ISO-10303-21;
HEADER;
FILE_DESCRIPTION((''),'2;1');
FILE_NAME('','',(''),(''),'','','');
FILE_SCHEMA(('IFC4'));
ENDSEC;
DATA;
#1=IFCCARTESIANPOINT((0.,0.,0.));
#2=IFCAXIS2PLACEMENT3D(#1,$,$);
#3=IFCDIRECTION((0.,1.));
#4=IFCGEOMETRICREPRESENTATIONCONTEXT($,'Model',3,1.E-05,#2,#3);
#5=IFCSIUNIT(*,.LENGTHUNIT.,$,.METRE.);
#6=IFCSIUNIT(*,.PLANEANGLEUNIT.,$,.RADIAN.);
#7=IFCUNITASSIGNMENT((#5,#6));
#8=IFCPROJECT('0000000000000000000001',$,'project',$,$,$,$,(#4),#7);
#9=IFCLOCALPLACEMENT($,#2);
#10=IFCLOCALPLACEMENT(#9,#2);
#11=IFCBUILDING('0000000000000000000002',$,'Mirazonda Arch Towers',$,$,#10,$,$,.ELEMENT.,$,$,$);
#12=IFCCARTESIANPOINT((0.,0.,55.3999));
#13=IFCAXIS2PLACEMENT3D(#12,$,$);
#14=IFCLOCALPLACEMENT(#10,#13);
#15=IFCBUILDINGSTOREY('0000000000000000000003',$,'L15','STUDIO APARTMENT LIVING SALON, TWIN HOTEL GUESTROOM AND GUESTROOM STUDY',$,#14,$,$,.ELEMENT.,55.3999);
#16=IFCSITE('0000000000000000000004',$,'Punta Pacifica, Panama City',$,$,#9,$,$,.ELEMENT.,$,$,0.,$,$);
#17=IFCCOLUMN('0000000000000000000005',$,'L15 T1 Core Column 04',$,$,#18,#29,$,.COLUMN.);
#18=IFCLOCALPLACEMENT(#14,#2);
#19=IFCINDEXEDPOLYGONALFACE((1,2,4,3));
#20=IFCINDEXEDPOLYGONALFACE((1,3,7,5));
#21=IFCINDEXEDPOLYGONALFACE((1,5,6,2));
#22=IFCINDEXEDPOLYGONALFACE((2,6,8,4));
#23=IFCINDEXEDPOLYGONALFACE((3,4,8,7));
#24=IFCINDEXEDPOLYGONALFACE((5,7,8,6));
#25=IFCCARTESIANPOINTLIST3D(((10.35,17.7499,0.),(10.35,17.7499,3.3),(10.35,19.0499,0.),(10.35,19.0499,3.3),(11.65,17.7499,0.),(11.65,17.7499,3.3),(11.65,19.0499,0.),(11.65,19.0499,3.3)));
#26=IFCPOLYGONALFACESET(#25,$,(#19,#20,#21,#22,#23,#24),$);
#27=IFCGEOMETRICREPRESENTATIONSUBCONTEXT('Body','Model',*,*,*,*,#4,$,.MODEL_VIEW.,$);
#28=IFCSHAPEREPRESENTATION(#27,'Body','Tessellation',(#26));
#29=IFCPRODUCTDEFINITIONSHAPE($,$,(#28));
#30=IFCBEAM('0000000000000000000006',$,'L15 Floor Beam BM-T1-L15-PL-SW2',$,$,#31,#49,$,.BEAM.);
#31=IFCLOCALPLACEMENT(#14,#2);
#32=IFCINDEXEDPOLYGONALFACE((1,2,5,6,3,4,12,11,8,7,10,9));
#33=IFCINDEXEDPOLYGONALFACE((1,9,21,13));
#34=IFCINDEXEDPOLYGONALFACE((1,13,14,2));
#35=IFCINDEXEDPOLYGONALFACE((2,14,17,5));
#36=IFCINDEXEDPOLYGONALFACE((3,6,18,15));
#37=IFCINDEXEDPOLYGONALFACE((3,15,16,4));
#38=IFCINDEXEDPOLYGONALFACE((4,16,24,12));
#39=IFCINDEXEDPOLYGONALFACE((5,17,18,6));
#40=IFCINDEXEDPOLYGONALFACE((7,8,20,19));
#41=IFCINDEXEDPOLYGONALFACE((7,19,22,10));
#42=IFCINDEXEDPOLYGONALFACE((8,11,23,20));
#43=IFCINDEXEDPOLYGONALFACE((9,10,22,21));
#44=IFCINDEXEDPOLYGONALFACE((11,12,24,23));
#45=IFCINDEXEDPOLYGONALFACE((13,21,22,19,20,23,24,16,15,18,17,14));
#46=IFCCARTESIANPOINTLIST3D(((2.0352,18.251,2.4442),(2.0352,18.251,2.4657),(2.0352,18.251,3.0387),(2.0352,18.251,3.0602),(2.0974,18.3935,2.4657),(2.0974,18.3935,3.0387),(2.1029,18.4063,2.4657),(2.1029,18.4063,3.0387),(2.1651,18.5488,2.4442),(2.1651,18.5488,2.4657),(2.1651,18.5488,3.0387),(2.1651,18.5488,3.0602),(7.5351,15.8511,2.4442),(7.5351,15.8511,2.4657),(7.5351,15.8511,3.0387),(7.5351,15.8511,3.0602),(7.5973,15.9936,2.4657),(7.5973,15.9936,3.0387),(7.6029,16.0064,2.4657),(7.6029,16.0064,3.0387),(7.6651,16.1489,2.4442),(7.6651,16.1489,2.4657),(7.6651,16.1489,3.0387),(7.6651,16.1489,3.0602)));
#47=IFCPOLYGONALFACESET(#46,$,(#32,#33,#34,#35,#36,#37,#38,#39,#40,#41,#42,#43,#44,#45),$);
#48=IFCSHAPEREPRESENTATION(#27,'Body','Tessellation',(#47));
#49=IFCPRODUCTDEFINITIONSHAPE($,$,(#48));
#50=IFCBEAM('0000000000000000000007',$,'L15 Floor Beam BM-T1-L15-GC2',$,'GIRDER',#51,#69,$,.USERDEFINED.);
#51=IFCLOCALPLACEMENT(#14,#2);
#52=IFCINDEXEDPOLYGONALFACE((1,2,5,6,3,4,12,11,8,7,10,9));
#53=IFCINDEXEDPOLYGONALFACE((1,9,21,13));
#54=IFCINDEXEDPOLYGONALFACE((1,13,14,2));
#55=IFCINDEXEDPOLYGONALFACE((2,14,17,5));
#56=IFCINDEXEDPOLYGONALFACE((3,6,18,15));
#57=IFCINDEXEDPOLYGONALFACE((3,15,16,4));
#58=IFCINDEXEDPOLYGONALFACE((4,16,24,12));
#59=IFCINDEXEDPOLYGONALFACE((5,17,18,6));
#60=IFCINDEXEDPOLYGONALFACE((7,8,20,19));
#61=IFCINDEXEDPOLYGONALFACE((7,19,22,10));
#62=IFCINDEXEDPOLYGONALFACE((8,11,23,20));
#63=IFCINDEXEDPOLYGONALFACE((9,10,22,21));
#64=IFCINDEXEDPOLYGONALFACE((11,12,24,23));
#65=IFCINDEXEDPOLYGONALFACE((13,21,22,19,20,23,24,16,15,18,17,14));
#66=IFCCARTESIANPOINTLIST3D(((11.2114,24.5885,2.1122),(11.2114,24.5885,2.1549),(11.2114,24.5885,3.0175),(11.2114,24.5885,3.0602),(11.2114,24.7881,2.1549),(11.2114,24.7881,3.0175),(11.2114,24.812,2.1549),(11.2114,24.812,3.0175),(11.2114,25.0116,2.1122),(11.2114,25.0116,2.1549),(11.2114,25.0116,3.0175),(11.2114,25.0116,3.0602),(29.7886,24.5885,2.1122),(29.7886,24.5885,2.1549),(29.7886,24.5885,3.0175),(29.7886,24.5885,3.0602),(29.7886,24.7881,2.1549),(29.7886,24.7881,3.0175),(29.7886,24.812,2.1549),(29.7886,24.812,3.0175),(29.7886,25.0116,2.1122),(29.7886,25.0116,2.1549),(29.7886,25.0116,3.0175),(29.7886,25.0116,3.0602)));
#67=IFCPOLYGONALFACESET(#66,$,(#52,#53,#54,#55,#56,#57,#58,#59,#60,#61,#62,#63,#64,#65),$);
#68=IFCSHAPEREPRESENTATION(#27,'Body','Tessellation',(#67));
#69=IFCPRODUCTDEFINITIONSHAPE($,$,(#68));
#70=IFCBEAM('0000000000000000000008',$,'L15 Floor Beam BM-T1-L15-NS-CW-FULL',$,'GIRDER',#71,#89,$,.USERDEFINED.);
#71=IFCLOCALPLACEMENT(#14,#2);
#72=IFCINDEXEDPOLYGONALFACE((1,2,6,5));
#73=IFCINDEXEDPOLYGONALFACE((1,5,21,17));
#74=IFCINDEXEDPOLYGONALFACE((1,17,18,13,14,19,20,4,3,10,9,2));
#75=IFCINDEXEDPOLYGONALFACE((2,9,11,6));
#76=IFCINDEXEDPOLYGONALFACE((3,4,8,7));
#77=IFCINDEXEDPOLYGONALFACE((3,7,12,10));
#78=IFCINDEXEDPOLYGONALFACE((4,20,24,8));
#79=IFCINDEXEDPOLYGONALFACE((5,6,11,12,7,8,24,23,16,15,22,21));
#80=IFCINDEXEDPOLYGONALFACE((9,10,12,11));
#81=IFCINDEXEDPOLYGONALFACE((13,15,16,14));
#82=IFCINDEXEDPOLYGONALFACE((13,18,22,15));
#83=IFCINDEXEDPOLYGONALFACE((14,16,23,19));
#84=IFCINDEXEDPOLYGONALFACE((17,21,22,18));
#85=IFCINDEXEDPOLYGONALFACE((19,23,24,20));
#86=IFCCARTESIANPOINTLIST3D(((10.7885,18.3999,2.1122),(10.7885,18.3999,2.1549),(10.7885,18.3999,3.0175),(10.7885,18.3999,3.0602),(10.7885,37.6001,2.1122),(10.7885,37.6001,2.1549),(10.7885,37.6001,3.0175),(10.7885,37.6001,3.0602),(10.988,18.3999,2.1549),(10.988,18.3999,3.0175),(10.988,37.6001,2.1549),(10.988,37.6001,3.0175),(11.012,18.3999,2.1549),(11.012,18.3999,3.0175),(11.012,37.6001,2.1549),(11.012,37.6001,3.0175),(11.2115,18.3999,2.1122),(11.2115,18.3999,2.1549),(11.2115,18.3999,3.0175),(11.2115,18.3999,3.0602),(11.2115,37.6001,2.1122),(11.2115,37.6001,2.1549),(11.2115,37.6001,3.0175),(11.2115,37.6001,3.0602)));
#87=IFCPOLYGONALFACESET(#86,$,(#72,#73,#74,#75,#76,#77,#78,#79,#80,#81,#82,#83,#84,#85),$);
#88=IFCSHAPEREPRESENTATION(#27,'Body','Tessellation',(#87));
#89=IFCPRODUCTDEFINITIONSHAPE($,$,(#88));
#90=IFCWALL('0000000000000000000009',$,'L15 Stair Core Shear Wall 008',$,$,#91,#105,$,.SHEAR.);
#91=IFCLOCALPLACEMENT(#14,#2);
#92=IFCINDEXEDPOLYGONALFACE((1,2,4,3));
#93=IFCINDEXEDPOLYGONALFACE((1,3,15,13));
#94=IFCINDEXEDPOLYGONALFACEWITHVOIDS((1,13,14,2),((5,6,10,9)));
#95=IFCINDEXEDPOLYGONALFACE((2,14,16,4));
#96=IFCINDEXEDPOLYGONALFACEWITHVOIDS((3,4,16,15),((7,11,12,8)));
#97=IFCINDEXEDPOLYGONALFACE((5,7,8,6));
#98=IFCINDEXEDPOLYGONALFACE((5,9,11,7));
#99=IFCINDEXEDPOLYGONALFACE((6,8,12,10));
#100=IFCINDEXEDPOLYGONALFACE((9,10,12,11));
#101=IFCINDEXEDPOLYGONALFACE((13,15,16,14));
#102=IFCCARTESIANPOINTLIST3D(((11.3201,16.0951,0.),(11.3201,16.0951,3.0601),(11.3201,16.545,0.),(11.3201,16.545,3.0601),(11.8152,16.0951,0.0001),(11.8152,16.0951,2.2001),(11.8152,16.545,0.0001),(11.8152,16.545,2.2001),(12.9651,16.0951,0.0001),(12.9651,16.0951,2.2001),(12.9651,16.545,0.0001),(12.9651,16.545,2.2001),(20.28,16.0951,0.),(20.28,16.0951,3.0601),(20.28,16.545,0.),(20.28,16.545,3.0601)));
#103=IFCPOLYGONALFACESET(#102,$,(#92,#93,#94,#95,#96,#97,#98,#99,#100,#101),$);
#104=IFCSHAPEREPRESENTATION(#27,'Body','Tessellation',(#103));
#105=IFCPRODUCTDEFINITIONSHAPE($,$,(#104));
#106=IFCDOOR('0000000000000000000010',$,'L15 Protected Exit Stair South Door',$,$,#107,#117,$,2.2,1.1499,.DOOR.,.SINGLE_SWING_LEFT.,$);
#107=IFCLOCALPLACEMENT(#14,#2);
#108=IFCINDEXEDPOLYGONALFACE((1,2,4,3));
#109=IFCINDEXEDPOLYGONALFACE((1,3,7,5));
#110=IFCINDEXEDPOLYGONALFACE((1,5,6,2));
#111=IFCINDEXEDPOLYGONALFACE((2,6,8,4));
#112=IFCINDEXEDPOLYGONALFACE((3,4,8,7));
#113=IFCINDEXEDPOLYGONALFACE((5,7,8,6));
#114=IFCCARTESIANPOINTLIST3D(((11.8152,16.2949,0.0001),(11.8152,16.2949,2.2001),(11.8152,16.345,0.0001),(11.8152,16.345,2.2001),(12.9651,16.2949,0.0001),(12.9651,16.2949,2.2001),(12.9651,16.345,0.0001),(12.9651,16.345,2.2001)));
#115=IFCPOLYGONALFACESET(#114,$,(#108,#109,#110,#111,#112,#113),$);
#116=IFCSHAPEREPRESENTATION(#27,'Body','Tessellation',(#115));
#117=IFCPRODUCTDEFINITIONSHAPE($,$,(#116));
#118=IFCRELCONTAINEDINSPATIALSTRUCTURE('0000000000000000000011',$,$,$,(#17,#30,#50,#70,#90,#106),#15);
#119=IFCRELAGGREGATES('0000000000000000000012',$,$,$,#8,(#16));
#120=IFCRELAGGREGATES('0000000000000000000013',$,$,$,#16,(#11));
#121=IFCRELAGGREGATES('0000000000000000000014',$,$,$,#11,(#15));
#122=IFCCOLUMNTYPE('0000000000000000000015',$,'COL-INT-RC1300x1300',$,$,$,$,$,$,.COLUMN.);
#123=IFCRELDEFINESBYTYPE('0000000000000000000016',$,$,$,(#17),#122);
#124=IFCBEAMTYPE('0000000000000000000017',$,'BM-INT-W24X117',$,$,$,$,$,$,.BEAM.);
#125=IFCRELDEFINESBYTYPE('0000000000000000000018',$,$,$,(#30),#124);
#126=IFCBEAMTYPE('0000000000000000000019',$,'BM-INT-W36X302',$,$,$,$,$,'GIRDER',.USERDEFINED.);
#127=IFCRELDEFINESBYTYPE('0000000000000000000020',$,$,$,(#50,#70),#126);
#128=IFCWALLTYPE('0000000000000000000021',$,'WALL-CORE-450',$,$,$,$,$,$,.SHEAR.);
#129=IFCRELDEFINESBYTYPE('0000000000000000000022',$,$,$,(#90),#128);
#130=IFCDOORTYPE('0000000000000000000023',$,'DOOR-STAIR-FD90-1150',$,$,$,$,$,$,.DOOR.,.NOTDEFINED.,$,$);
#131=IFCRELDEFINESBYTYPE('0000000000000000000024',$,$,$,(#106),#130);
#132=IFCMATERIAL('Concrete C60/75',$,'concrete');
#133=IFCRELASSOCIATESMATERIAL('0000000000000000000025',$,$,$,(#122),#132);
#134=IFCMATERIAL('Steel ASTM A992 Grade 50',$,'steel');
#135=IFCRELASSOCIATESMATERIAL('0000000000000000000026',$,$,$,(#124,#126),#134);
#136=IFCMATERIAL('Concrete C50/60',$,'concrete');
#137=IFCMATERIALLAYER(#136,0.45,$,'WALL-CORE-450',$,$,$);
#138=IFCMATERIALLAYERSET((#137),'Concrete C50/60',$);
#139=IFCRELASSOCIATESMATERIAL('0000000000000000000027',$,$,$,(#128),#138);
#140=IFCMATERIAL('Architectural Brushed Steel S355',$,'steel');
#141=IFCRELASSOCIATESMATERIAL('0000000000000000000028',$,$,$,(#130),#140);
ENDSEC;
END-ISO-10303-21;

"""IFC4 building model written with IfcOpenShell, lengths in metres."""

from ifc_helpers import new_model, si_unit, direction, frame, frame_2d, origin, origin_2d, place, context, subcontext, project, spatial, rectangle, i_section, extrude, material, layer, layer_set, material_profile, profile_set, type_object, element, fill, save


model = new_model("IFC4")

# Units and contexts
model_context = context("Model", 3, precision=1e-05, world=origin(), true_north=direction((0.0, 1.0)))
body_context = subcontext(model_context, "Body", "Model", "MODEL_VIEW")
ifc_project = project(units=[si_unit("LENGTHUNIT", "METRE"), si_unit("PLANEANGLEUNIT", "RADIAN")], contexts=[model_context])

# Site, building, storey
site_placement = place(None, origin())
site = spatial("IfcSite", under=ifc_project, at=site_placement, Name="Punta Pacifica, Panama City", CompositionType="ELEMENT", RefElevation=0.0)
building_placement = place(site_placement, origin())
building = spatial("IfcBuilding", under=site, at=building_placement, Name="Mirazonda Arch Towers", CompositionType="ELEMENT")
storey_placement = place(building_placement, frame((0.0, 0.0, 55.3999)))
storey = spatial("IfcBuildingStorey", under=building, at=storey_placement, Name="L15", Description="STUDIO APARTMENT LIVING SALON, TWIN HOTEL GUESTROOM AND GUESTROOM STUDY", CompositionType="ELEMENT", Elevation=55.3999)

# Column
ifc_material_1 = material(Name="Concrete C60/75", Category="concrete")
ifc_material_profile_1 = material_profile(ifc_material_1, rectangle(XDim=1.3, YDim=1.3, at=origin_2d()), Name="RC1300x1300")
ifc_profile_set_1 = profile_set([ifc_material_profile_1], Name="Concrete C60/75")
column_type = type_object("IfcColumnType", Name="COL-INT-RC1300x1300", PredefinedType="COLUMN", material=ifc_profile_set_1)
column_placement = place(storey_placement, frame((11.0, 18.3999, 0.0), z_axis=(0.0, 0.0, 1.0), x_axis=(1.0, 0.0, 0.0)))
element("IfcColumn", 1, at=column_placement, inside=storey, type_object=column_type, Name="L15 T1 Core Column 04", PredefinedType="COLUMN", context=body_context, shape_type="SweptSolid", body=[
    extrude(rectangle(XDim=1.3, YDim=1.3, at=origin_2d()), origin(), (0.0, 0.0, 1.0), 3.3),
])

# Beams
ifc_material_2 = material(Name="Steel ASTM A992 Grade 50", Category="steel")
ifc_material_profile_2 = material_profile(ifc_material_2, i_section(OverallWidth=0.325, OverallDepth=0.616, WebThickness=0.0139, FlangeThickness=0.0215, at=origin_2d()), Name="W24X117")
ifc_profile_set_2 = profile_set([ifc_material_profile_2], Name="Steel ASTM A992 Grade 50")
beam_type_1 = type_object("IfcBeamType", Name="BM-INT-W24X117", PredefinedType="BEAM", material=ifc_profile_set_2)
beam_1_placement = place(storey_placement, frame((7.6001, 16.0, 2.7522), z_axis=(-0.916545, 0.399931, 0.0), x_axis=(-0.399931, -0.916545, 0.0)))
element("IfcBeam", 2, at=beam_1_placement, inside=storey, type_object=beam_type_1, Name="L15 Floor Beam BM-T1-L15-PL-SW2", PredefinedType="BEAM", context=body_context, shape_type="SweptSolid", body=[
    extrude(i_section(OverallWidth=0.325, OverallDepth=0.616, WebThickness=0.0139, FlangeThickness=0.0215, at=origin_2d()), origin(), (0.0, 0.0, 1.0), 6.0007),
])
ifc_material_profile_3 = material_profile(ifc_material_2, i_section(OverallWidth=0.4231, OverallDepth=0.948, WebThickness=0.0239, FlangeThickness=0.0427, at=origin_2d()), Name="W36X302")
ifc_profile_set_3 = profile_set([ifc_material_profile_3], Name="Steel ASTM A992 Grade 50")
beam_type_2 = type_object("IfcBeamType", Name="BM-INT-W36X302", ElementType="GIRDER", PredefinedType="USERDEFINED", material=ifc_profile_set_3)
beam_2_placement = place(storey_placement, frame((11.2114, 24.8, 2.5862), z_axis=(1.0, 0.0, 0.0), x_axis=(0.0, 1.0, 0.0)))
element("IfcBeam", 3, at=beam_2_placement, inside=storey, type_object=beam_type_2, Name="L15 Floor Beam BM-T1-L15-GC2", ObjectType="GIRDER", PredefinedType="USERDEFINED", context=body_context, shape_type="SweptSolid", body=[
    extrude(i_section(OverallWidth=0.4231, OverallDepth=0.948, WebThickness=0.0239, FlangeThickness=0.0427, at=origin_2d()), origin(), (0.0, 0.0, 1.0), 18.5771),
])
beam_3_placement = place(storey_placement, frame((11.0, 18.3999, 2.5862), z_axis=(0.0, 1.0, 0.0), x_axis=(-1.0, 0.0, 0.0)))
element("IfcBeam", 4, at=beam_3_placement, inside=storey, type_object=beam_type_2, Name="L15 Floor Beam BM-T1-L15-NS-CW-FULL", ObjectType="GIRDER", PredefinedType="USERDEFINED", context=body_context, shape_type="SweptSolid", body=[
    extrude(i_section(OverallWidth=0.4231, OverallDepth=0.948, WebThickness=0.0239, FlangeThickness=0.0427, at=origin_2d()), origin(), (0.0, 0.0, 1.0), 19.2002),
])

# Wall, opening, door
ifc_material_3 = material(Name="Concrete C50/60", Category="concrete")
ifc_layer_1 = layer(ifc_material_3, 0.45, Name="WALL-CORE-450")
ifc_layer_set_1 = layer_set([ifc_layer_1], Name="Concrete C50/60")
wall_type_1 = type_object("IfcWallType", Name="WALL-CORE-450", PredefinedType="SHEAR", material=ifc_layer_set_1)
wall_1_placement = place(storey_placement, frame((11.3201, 16.3201, 0.0), z_axis=(0.0, 0.0, 1.0), x_axis=(1.0, 0.0, 0.0)))
wall_1 = element("IfcWall", 5, at=wall_1_placement, inside=storey, type_object=wall_type_1, Name="L15 Stair Core Shear Wall 008", PredefinedType="SHEAR", context=body_context, shape_type="SweptSolid", body=[
    extrude(rectangle(XDim=8.96, YDim=0.45, at=frame_2d((4.48, 0.0))), origin(), (0.0, 0.0, 1.0), 3.0601),
])
opening_1_placement = place(wall_1_placement, frame((0.4951, 0.0, 0.0)))
opening_1 = element("IfcOpeningElement", 6, at=opening_1_placement, cuts=wall_1, PredefinedType="OPENING", context=body_context, shape_type="SweptSolid", body=[
    extrude(rectangle(XDim=1.1499, YDim=2.2, at=frame_2d((0.575, 1.1001))), frame((0.0, 0.2349, 0.0), z_axis=(0.0, -1.0, 0.0), x_axis=(1.0, 0.0, 0.0)), (0.0, 0.0, 1.0), 0.47),
])
ifc_material_4 = material(Name="Architectural Brushed Steel S355", Category="steel")
door_type_1 = type_object("IfcDoorType", Name="DOOR-STAIR-FD90-1150", OperationType="NOTDEFINED", PredefinedType="DOOR", material=ifc_material_4)
door_1_placement = place(opening_1_placement, origin())
door_1 = element("IfcDoor", 7, at=door_1_placement, inside=storey, type_object=door_type_1, Name="L15 Protected Exit Stair South Door", OperationType="SINGLE_SWING_LEFT", OverallHeight=2.2, OverallWidth=1.1499, PredefinedType="DOOR", context=body_context, shape_type="SweptSolid", body=[
    extrude(rectangle(XDim=1.1499, YDim=2.2, at=frame_2d((0.575, 1.1001))), frame((0.0, 0.0249, 0.0), z_axis=(0.0, -1.0, 0.0), x_axis=(1.0, 0.0, 0.0)), (0.0, 0.0, 1.0), 0.05),
])
fill(opening_1, door_1)

save(model, "model.ifc")
